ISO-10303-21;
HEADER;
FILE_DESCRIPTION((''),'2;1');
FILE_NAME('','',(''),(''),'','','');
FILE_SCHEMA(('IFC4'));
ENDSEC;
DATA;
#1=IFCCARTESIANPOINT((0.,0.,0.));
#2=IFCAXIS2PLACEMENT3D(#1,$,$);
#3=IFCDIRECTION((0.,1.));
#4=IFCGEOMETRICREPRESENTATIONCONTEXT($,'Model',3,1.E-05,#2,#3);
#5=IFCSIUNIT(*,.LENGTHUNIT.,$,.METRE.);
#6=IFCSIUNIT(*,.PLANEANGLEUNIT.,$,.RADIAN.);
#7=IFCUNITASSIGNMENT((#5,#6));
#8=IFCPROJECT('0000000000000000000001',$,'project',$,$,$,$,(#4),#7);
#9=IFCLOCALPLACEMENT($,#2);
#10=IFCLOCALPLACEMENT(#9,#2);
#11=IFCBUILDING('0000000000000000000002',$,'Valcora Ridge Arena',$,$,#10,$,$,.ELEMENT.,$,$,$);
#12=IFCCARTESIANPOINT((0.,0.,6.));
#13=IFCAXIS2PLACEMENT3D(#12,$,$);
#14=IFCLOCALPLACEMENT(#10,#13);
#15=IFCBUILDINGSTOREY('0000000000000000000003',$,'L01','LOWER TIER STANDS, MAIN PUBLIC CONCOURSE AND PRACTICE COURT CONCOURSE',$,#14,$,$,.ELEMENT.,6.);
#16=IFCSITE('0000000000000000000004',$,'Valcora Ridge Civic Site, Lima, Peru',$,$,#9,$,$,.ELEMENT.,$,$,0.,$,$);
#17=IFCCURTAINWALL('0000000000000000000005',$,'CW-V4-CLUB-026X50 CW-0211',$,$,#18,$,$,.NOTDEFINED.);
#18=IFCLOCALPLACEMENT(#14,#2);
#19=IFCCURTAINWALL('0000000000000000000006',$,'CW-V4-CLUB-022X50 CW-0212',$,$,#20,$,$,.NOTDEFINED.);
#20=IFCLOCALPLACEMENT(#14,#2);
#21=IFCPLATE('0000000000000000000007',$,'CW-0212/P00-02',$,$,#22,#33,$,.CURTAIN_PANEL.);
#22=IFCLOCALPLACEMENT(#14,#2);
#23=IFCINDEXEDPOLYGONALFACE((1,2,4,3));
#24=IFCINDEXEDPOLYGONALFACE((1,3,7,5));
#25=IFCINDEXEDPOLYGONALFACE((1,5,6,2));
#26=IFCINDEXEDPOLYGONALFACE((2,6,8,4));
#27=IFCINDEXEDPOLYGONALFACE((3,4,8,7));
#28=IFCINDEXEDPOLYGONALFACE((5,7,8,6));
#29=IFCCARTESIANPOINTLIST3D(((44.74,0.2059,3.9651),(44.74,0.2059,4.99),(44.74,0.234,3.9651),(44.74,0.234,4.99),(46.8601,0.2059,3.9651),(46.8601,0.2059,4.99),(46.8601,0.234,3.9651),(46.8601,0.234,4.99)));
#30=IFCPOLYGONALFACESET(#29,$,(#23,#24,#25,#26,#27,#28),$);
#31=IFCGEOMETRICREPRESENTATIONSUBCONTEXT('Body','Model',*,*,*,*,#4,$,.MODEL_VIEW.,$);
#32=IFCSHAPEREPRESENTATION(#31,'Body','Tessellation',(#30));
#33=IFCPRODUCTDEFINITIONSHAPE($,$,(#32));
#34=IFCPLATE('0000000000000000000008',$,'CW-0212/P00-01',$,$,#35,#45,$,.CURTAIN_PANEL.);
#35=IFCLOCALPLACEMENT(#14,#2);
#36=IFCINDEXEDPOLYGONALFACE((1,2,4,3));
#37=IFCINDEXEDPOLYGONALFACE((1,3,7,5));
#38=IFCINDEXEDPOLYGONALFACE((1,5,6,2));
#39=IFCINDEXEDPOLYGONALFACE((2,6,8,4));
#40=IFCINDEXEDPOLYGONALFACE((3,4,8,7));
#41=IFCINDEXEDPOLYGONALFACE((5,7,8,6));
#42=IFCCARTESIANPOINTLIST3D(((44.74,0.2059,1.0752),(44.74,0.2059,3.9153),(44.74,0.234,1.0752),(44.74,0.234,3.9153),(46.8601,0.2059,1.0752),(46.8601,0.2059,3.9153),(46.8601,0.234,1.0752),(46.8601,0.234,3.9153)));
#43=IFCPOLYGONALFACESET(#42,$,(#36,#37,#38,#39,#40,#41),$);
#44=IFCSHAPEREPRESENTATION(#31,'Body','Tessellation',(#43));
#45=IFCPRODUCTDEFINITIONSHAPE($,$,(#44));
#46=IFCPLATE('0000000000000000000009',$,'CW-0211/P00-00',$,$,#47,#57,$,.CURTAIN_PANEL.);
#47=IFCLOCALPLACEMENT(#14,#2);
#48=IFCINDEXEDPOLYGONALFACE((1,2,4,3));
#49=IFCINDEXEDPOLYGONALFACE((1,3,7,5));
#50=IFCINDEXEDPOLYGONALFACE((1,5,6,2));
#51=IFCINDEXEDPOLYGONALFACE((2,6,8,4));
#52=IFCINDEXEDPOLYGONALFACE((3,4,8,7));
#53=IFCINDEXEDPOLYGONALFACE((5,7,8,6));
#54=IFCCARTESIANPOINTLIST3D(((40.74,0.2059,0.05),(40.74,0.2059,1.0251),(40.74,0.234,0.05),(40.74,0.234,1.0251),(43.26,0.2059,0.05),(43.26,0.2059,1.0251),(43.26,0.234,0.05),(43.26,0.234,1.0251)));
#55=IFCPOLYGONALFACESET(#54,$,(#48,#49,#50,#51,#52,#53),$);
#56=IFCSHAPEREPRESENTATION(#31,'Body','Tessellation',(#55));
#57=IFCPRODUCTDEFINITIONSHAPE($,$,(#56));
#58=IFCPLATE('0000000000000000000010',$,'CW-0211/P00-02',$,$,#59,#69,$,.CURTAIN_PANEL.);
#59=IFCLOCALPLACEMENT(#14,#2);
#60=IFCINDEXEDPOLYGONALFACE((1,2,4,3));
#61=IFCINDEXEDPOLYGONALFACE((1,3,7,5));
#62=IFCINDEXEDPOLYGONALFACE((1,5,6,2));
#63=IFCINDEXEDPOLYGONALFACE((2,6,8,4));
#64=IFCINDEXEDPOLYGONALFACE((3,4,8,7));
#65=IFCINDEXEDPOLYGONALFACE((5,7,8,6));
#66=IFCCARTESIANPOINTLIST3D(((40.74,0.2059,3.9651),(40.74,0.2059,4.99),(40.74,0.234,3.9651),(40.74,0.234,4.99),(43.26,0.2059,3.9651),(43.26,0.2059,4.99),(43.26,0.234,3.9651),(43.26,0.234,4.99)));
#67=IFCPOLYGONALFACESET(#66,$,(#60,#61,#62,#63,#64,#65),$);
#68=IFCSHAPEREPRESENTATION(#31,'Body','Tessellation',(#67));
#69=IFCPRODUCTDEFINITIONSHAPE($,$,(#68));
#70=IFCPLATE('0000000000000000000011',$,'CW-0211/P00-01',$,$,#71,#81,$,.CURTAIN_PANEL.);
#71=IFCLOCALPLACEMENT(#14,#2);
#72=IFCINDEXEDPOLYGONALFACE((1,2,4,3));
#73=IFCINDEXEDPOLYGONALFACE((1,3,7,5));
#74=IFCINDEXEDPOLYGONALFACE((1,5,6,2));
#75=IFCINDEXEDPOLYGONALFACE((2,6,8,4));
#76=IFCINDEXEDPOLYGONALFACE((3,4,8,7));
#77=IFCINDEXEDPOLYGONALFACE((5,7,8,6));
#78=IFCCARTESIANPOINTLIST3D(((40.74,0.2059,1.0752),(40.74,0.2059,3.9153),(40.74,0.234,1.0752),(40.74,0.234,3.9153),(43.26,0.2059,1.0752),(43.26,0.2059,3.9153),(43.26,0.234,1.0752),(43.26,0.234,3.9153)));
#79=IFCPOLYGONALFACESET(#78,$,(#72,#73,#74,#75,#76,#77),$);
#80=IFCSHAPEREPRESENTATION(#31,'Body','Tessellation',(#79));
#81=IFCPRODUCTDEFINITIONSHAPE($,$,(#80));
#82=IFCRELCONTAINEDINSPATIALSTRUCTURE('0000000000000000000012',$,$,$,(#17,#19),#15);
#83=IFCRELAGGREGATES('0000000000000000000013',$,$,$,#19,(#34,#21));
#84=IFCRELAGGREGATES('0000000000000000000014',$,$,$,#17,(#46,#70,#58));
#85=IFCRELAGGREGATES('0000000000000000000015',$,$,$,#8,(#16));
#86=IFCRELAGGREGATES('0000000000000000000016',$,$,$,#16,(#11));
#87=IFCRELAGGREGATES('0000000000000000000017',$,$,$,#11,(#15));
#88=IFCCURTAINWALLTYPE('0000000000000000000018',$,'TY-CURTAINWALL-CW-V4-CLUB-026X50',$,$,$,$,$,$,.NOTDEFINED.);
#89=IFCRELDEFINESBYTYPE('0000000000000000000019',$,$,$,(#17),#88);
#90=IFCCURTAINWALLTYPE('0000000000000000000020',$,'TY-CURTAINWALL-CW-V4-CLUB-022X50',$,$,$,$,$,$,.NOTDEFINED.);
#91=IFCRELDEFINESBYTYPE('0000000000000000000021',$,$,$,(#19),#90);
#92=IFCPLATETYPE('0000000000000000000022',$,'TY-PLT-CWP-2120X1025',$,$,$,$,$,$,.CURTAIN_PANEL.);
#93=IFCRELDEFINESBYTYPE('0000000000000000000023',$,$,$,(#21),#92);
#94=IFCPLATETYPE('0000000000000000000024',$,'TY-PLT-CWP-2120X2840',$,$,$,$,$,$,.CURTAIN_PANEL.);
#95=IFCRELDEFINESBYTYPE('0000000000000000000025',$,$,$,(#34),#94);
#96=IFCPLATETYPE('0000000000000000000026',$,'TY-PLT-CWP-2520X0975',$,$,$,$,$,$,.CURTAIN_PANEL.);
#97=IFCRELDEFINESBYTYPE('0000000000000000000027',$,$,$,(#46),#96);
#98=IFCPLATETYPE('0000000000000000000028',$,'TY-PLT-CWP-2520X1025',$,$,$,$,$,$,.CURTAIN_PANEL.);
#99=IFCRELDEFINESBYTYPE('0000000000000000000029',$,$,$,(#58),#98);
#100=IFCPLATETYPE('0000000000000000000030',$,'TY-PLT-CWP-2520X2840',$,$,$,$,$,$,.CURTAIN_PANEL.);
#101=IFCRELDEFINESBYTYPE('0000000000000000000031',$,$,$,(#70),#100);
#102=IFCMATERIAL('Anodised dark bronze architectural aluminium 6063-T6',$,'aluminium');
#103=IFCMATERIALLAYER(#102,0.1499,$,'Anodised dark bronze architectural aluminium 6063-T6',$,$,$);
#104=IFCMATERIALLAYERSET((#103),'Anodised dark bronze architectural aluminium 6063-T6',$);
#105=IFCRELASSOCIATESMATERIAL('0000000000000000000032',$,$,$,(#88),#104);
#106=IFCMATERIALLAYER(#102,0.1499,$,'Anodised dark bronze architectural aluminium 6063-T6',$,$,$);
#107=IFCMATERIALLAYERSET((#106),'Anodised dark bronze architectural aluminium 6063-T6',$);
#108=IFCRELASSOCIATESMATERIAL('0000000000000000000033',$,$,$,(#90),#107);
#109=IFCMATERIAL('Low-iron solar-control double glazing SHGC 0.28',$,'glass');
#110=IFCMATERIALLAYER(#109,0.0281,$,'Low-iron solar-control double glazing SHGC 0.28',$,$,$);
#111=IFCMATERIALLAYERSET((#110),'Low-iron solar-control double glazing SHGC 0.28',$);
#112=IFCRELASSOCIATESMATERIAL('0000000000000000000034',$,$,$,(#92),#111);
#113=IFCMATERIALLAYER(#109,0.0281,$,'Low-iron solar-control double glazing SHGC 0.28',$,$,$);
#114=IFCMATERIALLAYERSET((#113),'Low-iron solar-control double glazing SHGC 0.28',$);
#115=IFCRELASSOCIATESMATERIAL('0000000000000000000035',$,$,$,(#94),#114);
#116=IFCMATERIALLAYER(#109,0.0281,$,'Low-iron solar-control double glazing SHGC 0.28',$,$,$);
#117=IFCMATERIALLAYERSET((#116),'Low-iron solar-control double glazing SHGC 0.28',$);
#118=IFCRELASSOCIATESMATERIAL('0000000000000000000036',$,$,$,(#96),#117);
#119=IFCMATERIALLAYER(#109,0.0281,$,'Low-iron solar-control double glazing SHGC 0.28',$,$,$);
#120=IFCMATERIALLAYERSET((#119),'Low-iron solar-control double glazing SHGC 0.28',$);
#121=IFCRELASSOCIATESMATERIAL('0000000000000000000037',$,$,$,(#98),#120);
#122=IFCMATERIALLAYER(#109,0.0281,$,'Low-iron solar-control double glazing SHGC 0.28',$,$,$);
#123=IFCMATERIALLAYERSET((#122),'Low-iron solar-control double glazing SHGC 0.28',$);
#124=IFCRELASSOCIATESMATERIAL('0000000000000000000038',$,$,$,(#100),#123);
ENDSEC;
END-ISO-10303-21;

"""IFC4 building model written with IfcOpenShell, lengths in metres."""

from ifc_helpers import new_model, si_unit, direction, frame, origin, origin_2d, place, context, subcontext, project, spatial, rectangle, extrude, material, layer, layer_set, type_object, element, aggregate, save


model = new_model("IFC4")

# Units and contexts
model_context = context("Model", 3, precision=1e-05, world=origin(), true_north=direction((0.0, 1.0)))
body_context = subcontext(model_context, "Body", "Model", "MODEL_VIEW")
ifc_project = project(units=[si_unit("LENGTHUNIT", "METRE"), si_unit("PLANEANGLEUNIT", "RADIAN")], contexts=[model_context])

# Site, building, storey
site_placement = place(None, origin())
site = spatial("IfcSite", under=ifc_project, at=site_placement, Name="Valcora Ridge Civic Site, Lima, Peru", CompositionType="ELEMENT", RefElevation=0.0)
building_placement = place(site_placement, origin())
building = spatial("IfcBuilding", under=site, at=building_placement, Name="Valcora Ridge Arena", CompositionType="ELEMENT")
storey_placement = place(building_placement, frame((0.0, 0.0, 6.0)))
storey = spatial("IfcBuildingStorey", under=building, at=storey_placement, Name="L01", Description="LOWER TIER STANDS, MAIN PUBLIC CONCOURSE AND PRACTICE COURT CONCOURSE", CompositionType="ELEMENT", Elevation=6.0)

# Curtain wall
ifc_material_1 = material(Name="Anodised dark bronze architectural aluminium 6063-T6", Category="aluminium")
ifc_layer_1 = layer(ifc_material_1, 0.1499, Name="Anodised dark bronze architectural aluminium 6063-T6")
ifc_layer_set_1 = layer_set([ifc_layer_1], Name="Anodised dark bronze architectural aluminium 6063-T6")
curtain_wall_type_1 = type_object("IfcCurtainWallType", Name="TY-CURTAINWALL-CW-V4-CLUB-026X50", PredefinedType="NOTDEFINED", material=ifc_layer_set_1)
curtain_wall_1_placement = place(storey_placement, origin())
curtain_wall_1 = element("IfcCurtainWall", 1, at=curtain_wall_1_placement, inside=storey, type_object=curtain_wall_type_1, Name="CW-V4-CLUB-026X50 CW-0211", PredefinedType="NOTDEFINED")

# Curtain wall
ifc_layer_2 = layer(ifc_material_1, 0.1499, Name="Anodised dark bronze architectural aluminium 6063-T6")
ifc_layer_set_2 = layer_set([ifc_layer_2], Name="Anodised dark bronze architectural aluminium 6063-T6")
curtain_wall_type_2 = type_object("IfcCurtainWallType", Name="TY-CURTAINWALL-CW-V4-CLUB-022X50", PredefinedType="NOTDEFINED", material=ifc_layer_set_2)
curtain_wall_2_placement = place(storey_placement, origin())
curtain_wall_2 = element("IfcCurtainWall", 2, at=curtain_wall_2_placement, inside=storey, type_object=curtain_wall_type_2, Name="CW-V4-CLUB-022X50 CW-0212", PredefinedType="NOTDEFINED")

# Plates
ifc_material_2 = material(Name="Low-iron solar-control double glazing SHGC 0.28", Category="glass")
ifc_layer_3 = layer(ifc_material_2, 0.0281, Name="Low-iron solar-control double glazing SHGC 0.28")
ifc_layer_set_3 = layer_set([ifc_layer_3], Name="Low-iron solar-control double glazing SHGC 0.28")
plate_type_1 = type_object("IfcPlateType", Name="TY-PLT-CWP-2120X1025", PredefinedType="CURTAIN_PANEL", material=ifc_layer_set_3)
plate_1_placement = place(storey_placement, frame((45.8, 0.22, 3.9651), z_axis=(0.0, 0.0, 1.0), x_axis=(1.0, 0.0, 0.0)))
plate_1 = element("IfcPlate", 3, at=plate_1_placement, type_object=plate_type_1, Name="CW-0212/P00-02", PredefinedType="CURTAIN_PANEL", context=body_context, shape_type="SweptSolid", body=[
    extrude(rectangle(XDim=2.1201, YDim=0.0281, at=origin_2d()), origin(), (0.0, 0.0, 1.0), 1.0249),
])
ifc_layer_4 = layer(ifc_material_2, 0.0281, Name="Low-iron solar-control double glazing SHGC 0.28")
ifc_layer_set_4 = layer_set([ifc_layer_4], Name="Low-iron solar-control double glazing SHGC 0.28")
plate_type_2 = type_object("IfcPlateType", Name="TY-PLT-CWP-2120X2840", PredefinedType="CURTAIN_PANEL", material=ifc_layer_set_4)
plate_2_placement = place(storey_placement, frame((45.8, 0.22, 1.0752), z_axis=(0.0, 0.0, 1.0), x_axis=(1.0, 0.0, 0.0)))
plate_2 = element("IfcPlate", 4, at=plate_2_placement, type_object=plate_type_2, Name="CW-0212/P00-01", PredefinedType="CURTAIN_PANEL", context=body_context, shape_type="SweptSolid", body=[
    extrude(rectangle(XDim=2.1201, YDim=0.0281, at=origin_2d()), origin(), (0.0, 0.0, 1.0), 2.8401),
])
aggregate(curtain_wall_2, [plate_2, plate_1])
ifc_layer_5 = layer(ifc_material_2, 0.0281, Name="Low-iron solar-control double glazing SHGC 0.28")
ifc_layer_set_5 = layer_set([ifc_layer_5], Name="Low-iron solar-control double glazing SHGC 0.28")
plate_type_3 = type_object("IfcPlateType", Name="TY-PLT-CWP-2520X0975", PredefinedType="CURTAIN_PANEL", material=ifc_layer_set_5)
plate_3_placement = place(storey_placement, frame((42.0, 0.22, 0.05), z_axis=(0.0, 0.0, 1.0), x_axis=(1.0, 0.0, 0.0)))
plate_3 = element("IfcPlate", 5, at=plate_3_placement, type_object=plate_type_3, Name="CW-0211/P00-00", PredefinedType="CURTAIN_PANEL", context=body_context, shape_type="SweptSolid", body=[
    extrude(rectangle(XDim=2.52, YDim=0.0281, at=origin_2d()), origin(), (0.0, 0.0, 1.0), 0.9751),
])
ifc_layer_6 = layer(ifc_material_2, 0.0281, Name="Low-iron solar-control double glazing SHGC 0.28")
ifc_layer_set_6 = layer_set([ifc_layer_6], Name="Low-iron solar-control double glazing SHGC 0.28")
plate_type_4 = type_object("IfcPlateType", Name="TY-PLT-CWP-2520X1025", PredefinedType="CURTAIN_PANEL", material=ifc_layer_set_6)
plate_4_placement = place(storey_placement, frame((42.0, 0.22, 3.9651), z_axis=(0.0, 0.0, 1.0), x_axis=(1.0, 0.0, 0.0)))
plate_4 = element("IfcPlate", 6, at=plate_4_placement, type_object=plate_type_4, Name="CW-0211/P00-02", PredefinedType="CURTAIN_PANEL", context=body_context, shape_type="SweptSolid", body=[
    extrude(rectangle(XDim=2.52, YDim=0.0281, at=origin_2d()), origin(), (0.0, 0.0, 1.0), 1.0249),
])
ifc_layer_7 = layer(ifc_material_2, 0.0281, Name="Low-iron solar-control double glazing SHGC 0.28")
ifc_layer_set_7 = layer_set([ifc_layer_7], Name="Low-iron solar-control double glazing SHGC 0.28")
plate_type_5 = type_object("IfcPlateType", Name="TY-PLT-CWP-2520X2840", PredefinedType="CURTAIN_PANEL", material=ifc_layer_set_7)
plate_5_placement = place(storey_placement, frame((42.0, 0.22, 1.0752), z_axis=(0.0, 0.0, 1.0), x_axis=(1.0, 0.0, 0.0)))
plate_5 = element("IfcPlate", 7, at=plate_5_placement, type_object=plate_type_5, Name="CW-0211/P00-01", PredefinedType="CURTAIN_PANEL", context=body_context, shape_type="SweptSolid", body=[
    extrude(rectangle(XDim=2.52, YDim=0.0281, at=origin_2d()), origin(), (0.0, 0.0, 1.0), 2.8401),
])
aggregate(curtain_wall_1, [plate_3, plate_5, plate_4])

save(model, "model.ifc")
